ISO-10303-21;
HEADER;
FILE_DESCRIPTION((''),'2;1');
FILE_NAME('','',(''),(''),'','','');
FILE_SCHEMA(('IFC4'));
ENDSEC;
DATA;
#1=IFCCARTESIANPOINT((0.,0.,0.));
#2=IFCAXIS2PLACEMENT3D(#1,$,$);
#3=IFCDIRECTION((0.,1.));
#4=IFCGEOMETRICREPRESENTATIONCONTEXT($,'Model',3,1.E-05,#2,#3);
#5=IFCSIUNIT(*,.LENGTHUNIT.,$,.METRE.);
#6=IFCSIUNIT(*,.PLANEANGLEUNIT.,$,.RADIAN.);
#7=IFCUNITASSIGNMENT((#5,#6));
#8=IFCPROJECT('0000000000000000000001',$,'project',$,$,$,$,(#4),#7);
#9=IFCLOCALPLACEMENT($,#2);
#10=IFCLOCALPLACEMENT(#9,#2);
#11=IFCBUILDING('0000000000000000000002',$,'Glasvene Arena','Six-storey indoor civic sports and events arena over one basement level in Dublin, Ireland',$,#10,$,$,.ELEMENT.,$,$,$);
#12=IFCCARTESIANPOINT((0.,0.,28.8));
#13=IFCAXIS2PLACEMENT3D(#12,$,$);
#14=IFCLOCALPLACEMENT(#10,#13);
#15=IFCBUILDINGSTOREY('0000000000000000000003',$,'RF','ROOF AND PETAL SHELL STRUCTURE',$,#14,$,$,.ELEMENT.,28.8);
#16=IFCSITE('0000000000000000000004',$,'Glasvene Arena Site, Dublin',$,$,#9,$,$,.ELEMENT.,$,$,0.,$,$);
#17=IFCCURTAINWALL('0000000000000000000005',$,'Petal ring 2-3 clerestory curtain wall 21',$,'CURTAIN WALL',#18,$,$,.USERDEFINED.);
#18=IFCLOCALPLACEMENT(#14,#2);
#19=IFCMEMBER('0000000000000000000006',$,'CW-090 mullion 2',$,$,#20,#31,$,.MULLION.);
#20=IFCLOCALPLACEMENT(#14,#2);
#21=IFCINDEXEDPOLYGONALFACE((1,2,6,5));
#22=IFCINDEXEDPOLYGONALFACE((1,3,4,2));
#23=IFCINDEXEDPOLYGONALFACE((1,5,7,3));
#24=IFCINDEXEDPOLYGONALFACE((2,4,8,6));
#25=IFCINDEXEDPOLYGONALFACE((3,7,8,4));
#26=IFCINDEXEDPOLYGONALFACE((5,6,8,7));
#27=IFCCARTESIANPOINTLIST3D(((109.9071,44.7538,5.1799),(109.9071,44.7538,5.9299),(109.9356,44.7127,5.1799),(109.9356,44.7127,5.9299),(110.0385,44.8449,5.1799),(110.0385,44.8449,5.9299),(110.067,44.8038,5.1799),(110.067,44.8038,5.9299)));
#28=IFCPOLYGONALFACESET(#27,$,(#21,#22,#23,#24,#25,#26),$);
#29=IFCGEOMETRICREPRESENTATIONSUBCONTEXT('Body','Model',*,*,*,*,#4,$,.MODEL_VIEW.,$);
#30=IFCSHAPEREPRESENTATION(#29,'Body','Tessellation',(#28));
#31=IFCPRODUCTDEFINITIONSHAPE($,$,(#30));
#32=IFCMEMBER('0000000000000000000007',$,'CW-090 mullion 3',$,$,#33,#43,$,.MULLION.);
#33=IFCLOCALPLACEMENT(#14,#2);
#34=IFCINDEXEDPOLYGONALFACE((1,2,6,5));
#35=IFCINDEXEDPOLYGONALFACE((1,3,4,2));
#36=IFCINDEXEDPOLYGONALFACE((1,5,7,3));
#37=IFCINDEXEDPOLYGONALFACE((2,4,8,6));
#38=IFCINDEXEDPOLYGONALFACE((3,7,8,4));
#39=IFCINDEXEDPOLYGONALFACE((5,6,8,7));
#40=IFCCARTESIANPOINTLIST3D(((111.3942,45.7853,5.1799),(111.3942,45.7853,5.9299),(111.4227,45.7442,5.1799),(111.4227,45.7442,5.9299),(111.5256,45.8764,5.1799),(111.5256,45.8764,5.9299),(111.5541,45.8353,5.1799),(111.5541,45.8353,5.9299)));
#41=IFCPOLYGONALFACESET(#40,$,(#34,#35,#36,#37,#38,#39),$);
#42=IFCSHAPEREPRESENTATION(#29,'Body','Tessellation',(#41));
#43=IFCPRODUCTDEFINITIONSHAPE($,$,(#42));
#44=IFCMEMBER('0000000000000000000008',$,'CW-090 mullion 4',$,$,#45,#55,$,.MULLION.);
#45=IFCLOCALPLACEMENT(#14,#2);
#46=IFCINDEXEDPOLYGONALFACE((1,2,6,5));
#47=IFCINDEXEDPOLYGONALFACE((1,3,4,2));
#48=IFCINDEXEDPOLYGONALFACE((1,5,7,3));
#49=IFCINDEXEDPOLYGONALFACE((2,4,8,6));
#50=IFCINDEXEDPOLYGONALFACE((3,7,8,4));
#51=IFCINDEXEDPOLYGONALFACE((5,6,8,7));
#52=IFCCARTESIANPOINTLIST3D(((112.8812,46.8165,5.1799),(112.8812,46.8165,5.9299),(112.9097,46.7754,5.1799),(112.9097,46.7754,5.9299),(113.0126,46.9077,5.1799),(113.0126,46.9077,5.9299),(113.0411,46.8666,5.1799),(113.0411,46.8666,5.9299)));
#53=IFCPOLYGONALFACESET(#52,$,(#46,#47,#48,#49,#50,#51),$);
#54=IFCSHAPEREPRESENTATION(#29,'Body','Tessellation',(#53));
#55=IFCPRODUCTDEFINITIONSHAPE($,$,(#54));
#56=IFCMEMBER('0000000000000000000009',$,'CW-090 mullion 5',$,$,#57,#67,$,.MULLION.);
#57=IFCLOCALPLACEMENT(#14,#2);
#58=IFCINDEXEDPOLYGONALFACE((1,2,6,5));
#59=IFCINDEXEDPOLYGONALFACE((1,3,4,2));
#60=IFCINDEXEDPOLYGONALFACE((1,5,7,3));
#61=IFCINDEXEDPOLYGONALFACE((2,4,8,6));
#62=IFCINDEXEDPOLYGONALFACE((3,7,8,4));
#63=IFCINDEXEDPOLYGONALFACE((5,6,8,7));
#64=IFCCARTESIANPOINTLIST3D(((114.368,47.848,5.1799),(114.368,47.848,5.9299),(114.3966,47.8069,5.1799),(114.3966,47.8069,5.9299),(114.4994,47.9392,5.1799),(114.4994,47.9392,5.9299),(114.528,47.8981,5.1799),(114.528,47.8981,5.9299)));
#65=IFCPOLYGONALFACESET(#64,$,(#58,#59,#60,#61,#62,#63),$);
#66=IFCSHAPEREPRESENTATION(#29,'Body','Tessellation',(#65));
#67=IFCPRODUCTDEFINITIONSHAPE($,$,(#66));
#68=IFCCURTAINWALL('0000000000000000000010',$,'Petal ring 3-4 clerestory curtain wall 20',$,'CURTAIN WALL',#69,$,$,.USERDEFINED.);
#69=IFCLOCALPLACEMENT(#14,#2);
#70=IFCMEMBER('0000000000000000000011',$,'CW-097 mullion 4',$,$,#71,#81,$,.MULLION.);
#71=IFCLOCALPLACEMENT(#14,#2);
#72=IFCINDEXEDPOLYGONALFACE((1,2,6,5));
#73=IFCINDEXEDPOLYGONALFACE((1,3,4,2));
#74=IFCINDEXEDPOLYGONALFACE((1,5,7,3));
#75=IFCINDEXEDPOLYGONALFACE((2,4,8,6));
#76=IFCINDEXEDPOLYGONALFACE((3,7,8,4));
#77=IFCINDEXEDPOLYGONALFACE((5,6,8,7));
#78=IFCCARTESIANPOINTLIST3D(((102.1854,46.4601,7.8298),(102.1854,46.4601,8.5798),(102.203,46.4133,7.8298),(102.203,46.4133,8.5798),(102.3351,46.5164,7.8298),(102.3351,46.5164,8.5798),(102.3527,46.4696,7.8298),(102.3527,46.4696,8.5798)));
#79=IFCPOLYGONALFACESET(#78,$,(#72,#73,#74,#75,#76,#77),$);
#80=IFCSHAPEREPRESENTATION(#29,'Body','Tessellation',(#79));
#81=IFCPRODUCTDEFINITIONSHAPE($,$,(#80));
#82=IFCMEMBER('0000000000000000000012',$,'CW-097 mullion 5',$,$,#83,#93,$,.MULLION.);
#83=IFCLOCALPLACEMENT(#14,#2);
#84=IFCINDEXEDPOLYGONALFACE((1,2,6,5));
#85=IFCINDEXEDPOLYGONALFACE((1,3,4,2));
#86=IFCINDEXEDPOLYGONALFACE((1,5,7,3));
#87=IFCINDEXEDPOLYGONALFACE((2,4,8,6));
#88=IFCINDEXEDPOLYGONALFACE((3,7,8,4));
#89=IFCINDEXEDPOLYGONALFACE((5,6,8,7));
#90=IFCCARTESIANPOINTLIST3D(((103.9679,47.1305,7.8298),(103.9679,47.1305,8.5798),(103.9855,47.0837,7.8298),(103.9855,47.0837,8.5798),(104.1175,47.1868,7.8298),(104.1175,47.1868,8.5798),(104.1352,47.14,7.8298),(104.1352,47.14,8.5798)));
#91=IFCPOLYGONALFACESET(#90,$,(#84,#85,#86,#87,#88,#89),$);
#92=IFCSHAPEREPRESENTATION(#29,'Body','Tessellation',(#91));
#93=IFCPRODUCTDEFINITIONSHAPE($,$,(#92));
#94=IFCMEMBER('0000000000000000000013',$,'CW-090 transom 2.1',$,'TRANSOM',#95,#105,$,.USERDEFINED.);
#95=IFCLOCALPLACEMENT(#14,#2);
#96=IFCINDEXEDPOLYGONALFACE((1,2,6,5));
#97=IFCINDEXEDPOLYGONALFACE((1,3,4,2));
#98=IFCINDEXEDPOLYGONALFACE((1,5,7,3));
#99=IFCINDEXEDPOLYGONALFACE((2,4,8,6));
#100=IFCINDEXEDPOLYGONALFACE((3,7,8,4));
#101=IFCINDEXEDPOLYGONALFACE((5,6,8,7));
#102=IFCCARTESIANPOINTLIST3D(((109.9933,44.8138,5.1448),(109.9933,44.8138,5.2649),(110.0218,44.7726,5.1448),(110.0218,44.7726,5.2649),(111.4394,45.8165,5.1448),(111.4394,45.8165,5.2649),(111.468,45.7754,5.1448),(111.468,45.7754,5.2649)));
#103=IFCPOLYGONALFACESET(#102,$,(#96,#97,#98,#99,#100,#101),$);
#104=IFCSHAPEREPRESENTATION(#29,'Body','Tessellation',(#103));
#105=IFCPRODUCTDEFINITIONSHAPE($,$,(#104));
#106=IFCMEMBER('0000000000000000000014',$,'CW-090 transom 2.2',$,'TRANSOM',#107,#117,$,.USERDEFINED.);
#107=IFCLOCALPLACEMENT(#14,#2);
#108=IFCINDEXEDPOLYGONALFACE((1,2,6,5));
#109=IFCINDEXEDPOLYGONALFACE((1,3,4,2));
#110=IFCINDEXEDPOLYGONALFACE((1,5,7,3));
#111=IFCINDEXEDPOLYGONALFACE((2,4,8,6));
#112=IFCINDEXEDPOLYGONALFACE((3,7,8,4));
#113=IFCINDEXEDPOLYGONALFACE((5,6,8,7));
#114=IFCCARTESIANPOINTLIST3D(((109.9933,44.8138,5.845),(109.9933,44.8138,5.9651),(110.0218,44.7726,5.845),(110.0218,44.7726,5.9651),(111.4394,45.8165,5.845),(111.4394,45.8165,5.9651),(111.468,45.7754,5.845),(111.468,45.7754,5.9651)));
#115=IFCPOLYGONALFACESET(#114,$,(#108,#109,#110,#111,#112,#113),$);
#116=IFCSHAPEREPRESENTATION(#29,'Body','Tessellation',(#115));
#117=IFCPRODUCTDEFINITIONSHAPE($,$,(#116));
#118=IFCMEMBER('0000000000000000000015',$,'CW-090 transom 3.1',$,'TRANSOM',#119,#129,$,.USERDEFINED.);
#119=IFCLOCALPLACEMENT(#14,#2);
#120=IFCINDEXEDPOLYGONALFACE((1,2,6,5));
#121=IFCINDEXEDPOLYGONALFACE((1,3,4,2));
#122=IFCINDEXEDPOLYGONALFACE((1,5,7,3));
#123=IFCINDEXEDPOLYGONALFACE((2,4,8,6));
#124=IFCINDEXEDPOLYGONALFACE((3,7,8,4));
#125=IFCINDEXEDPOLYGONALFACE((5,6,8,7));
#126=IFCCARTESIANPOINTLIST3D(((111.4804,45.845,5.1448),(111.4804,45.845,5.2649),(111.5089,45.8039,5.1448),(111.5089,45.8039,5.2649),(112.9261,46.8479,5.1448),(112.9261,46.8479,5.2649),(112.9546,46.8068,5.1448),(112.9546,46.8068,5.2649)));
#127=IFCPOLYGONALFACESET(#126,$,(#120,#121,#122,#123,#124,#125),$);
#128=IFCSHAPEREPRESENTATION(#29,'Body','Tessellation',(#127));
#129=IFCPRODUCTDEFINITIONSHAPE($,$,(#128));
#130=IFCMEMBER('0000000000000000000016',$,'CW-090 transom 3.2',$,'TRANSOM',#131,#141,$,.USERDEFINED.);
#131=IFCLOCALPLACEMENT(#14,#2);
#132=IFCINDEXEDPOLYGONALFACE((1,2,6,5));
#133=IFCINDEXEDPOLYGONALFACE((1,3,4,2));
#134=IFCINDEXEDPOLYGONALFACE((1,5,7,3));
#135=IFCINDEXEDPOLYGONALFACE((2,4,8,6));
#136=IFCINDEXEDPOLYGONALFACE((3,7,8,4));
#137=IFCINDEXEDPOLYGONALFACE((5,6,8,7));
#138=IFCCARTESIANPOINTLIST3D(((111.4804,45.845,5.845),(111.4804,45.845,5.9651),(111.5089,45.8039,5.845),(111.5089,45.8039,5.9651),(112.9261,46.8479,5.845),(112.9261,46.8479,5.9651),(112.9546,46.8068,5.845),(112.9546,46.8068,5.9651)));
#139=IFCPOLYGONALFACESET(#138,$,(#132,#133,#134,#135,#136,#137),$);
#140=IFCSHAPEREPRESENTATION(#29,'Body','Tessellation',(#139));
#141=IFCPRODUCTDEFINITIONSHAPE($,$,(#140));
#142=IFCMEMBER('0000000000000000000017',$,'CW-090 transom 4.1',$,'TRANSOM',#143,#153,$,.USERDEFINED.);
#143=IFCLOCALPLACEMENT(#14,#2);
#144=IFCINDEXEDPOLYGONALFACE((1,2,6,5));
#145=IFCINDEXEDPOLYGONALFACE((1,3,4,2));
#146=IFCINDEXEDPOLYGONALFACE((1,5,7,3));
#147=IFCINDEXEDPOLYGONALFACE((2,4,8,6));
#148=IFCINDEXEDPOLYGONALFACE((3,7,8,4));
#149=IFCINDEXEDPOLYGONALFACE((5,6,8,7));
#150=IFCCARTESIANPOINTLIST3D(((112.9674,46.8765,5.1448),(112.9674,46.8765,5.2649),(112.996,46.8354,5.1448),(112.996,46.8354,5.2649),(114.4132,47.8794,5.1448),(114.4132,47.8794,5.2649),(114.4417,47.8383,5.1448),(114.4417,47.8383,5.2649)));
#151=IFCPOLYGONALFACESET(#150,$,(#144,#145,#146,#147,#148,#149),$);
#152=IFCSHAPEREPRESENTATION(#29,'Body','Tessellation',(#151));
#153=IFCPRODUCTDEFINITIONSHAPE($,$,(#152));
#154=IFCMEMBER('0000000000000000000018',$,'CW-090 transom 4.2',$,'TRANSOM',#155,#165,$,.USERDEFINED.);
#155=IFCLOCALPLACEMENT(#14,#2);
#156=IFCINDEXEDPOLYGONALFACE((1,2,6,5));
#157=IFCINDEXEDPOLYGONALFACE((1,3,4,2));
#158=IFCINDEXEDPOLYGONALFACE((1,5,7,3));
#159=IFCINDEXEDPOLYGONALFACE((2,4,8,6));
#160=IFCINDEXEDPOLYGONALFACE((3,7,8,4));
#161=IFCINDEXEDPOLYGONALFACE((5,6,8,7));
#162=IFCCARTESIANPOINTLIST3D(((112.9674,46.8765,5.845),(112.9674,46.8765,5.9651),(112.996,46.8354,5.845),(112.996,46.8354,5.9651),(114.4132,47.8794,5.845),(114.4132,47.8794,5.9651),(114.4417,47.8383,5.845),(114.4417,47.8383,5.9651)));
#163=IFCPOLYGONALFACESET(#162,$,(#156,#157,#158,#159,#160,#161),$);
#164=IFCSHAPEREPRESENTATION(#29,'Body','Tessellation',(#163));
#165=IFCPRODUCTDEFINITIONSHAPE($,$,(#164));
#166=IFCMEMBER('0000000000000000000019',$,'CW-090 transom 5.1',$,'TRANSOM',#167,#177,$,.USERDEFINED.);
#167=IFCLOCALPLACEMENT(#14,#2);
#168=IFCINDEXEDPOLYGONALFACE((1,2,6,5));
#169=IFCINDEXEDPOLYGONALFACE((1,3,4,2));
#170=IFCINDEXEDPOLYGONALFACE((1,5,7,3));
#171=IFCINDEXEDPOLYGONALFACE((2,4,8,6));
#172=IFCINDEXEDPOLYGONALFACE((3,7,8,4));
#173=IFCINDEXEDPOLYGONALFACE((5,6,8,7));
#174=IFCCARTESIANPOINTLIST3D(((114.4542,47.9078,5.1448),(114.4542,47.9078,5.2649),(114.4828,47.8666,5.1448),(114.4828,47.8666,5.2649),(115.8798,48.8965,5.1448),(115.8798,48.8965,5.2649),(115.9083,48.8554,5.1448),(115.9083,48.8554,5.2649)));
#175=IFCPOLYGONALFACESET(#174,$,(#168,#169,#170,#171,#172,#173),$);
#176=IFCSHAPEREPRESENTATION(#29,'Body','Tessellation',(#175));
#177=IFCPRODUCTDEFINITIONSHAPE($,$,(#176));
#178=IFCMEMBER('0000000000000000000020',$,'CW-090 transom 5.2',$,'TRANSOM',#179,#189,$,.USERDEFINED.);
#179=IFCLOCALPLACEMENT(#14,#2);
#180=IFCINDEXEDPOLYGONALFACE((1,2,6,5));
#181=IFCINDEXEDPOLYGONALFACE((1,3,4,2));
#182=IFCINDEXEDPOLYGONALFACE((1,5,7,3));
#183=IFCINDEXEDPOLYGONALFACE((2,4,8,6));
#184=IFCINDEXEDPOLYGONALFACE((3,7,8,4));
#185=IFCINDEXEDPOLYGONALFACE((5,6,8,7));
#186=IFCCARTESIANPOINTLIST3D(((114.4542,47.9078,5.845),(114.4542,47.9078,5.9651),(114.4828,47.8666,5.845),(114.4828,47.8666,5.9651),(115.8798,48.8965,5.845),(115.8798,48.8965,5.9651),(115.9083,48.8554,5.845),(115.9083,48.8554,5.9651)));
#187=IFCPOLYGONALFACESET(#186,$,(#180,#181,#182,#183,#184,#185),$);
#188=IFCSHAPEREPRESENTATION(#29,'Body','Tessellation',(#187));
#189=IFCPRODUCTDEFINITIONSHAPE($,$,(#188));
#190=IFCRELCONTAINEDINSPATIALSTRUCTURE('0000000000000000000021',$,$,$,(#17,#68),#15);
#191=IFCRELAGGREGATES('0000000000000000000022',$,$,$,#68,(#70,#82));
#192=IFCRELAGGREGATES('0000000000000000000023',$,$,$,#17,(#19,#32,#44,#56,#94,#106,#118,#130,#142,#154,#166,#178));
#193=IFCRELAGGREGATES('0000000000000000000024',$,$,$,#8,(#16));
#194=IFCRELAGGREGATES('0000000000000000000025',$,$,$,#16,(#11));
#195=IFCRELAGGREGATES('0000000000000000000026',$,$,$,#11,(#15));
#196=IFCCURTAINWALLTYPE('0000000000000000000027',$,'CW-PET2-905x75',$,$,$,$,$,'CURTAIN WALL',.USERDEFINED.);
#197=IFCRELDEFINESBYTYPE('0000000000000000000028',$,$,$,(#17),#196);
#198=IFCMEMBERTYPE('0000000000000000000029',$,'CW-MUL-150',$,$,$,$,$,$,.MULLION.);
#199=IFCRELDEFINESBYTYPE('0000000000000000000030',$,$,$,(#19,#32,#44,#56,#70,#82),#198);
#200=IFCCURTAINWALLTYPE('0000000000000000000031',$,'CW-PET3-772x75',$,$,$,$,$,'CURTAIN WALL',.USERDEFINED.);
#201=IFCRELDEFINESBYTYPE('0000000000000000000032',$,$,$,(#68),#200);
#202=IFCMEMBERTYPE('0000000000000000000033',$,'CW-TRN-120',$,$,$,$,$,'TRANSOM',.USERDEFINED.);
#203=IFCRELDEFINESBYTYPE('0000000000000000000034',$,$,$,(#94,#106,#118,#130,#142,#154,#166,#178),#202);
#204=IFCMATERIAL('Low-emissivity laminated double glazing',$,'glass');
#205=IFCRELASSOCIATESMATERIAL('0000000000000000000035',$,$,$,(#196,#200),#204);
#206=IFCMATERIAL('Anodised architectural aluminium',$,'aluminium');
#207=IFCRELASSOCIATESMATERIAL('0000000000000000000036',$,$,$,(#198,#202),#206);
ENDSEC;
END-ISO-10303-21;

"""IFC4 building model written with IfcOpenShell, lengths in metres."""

from ifc_helpers import new_model, si_unit, direction, frame, origin, origin_2d, place, context, subcontext, project, spatial, rectangle, extrude, material, material_profile, profile_set, type_object, element, aggregate, save


model = new_model("IFC4")

# Units and contexts
model_context = context("Model", 3, precision=1e-05, world=origin(), true_north=direction((0.0, 1.0)))
body_context = subcontext(model_context, "Body", "Model", "MODEL_VIEW")
ifc_project = project(units=[si_unit("LENGTHUNIT", "METRE"), si_unit("PLANEANGLEUNIT", "RADIAN")], contexts=[model_context])

# Site, building, storey
site_placement = place(None, origin())
site = spatial("IfcSite", under=ifc_project, at=site_placement, Name="Glasvene Arena Site, Dublin", CompositionType="ELEMENT", RefElevation=0.0)
building_placement = place(site_placement, origin())
building = spatial("IfcBuilding", under=site, at=building_placement, Name="Glasvene Arena", Description="Six-storey indoor civic sports and events arena over one basement level in Dublin, Ireland", CompositionType="ELEMENT")
storey_placement = place(building_placement, frame((0.0, 0.0, 28.8)))
storey = spatial("IfcBuildingStorey", under=building, at=storey_placement, Name="RF", Description="ROOF AND PETAL SHELL STRUCTURE", CompositionType="ELEMENT", Elevation=28.8)

# Curtain walls, members
ifc_material_1 = material(Name="Low-emissivity laminated double glazing", Category="glass")
curtain_wall_type_1 = type_object("IfcCurtainWallType", Name="CW-PET2-905x75", ElementType="CURTAIN WALL", PredefinedType="USERDEFINED", material=ifc_material_1)
curtain_wall_1_placement = place(storey_placement, frame((108.5, 43.7476, 0.0)))
curtain_wall_1 = element("IfcCurtainWall", 1, at=curtain_wall_1_placement, inside=storey, type_object=curtain_wall_type_1, Name="Petal ring 2-3 clerestory curtain wall 21", ObjectType="CURTAIN WALL", PredefinedType="USERDEFINED")
ifc_material_2 = material(Name="Anodised architectural aluminium", Category="aluminium")
ifc_material_profile_1 = material_profile(ifc_material_2, rectangle(XDim=0.05, YDim=0.1599, at=origin_2d()), Name="ALU MULLION 50x160")
ifc_profile_set_1 = profile_set([ifc_material_profile_1], Name="Anodised architectural aluminium")
member_type_1 = type_object("IfcMemberType", Name="CW-MUL-150", PredefinedType="MULLION", material=ifc_profile_set_1)
member_1_placement = place(storey_placement, frame((109.9871, 44.7788, 5.1799), z_axis=(0.0, 0.0, 1.0), x_axis=(-0.569921, 0.821699, 0.0)))
member_1 = element("IfcMember", 2, at=member_1_placement, type_object=member_type_1, Name="CW-090 mullion 2", PredefinedType="MULLION", context=body_context, shape_type="SweptSolid", body=[
    extrude(rectangle(XDim=0.05, YDim=0.1599, at=origin_2d()), origin(), (0.0, 0.0, 1.0), 0.75),
])
member_2_placement = place(storey_placement, frame((111.4741, 45.8103, 5.1799), z_axis=(0.0, 0.0, 1.0), x_axis=(-0.569921, 0.821699, 0.0)))
member_2 = element("IfcMember", 3, at=member_2_placement, type_object=member_type_1, Name="CW-090 mullion 3", PredefinedType="MULLION", context=body_context, shape_type="SweptSolid", body=[
    extrude(rectangle(XDim=0.05, YDim=0.1599, at=origin_2d()), origin(), (0.0, 0.0, 1.0), 0.75),
])
member_3_placement = place(storey_placement, frame((112.9612, 46.8416, 5.1799), z_axis=(0.0, 0.0, 1.0), x_axis=(-0.569921, 0.821699, 0.0)))
member_3 = element("IfcMember", 4, at=member_3_placement, type_object=member_type_1, Name="CW-090 mullion 4", PredefinedType="MULLION", context=body_context, shape_type="SweptSolid", body=[
    extrude(rectangle(XDim=0.05, YDim=0.1599, at=origin_2d()), origin(), (0.0, 0.0, 1.0), 0.75),
])
member_4_placement = place(storey_placement, frame((114.448, 47.873, 5.1799), z_axis=(0.0, 0.0, 1.0), x_axis=(-0.569921, 0.821699, 0.0)))
member_4 = element("IfcMember", 5, at=member_4_placement, type_object=member_type_1, Name="CW-090 mullion 5", PredefinedType="MULLION", context=body_context, shape_type="SweptSolid", body=[
    extrude(rectangle(XDim=0.05, YDim=0.1599, at=origin_2d()), origin(), (0.0, 0.0, 1.0), 0.75),
])
curtain_wall_type_2 = type_object("IfcCurtainWallType", Name="CW-PET3-772x75", ElementType="CURTAIN WALL", PredefinedType="USERDEFINED", material=ifc_material_1)
curtain_wall_2_placement = place(storey_placement, frame((96.8516, 44.4268, 0.0)))
curtain_wall_2 = element("IfcCurtainWall", 6, at=curtain_wall_2_placement, inside=storey, type_object=curtain_wall_type_2, Name="Petal ring 3-4 clerestory curtain wall 20", ObjectType="CURTAIN WALL", PredefinedType="USERDEFINED")
member_5_placement = place(storey_placement, frame((102.269, 46.4648, 7.8298), z_axis=(0.0, 0.0, 1.0), x_axis=(-0.352092, 0.935966, 0.0)))
member_5 = element("IfcMember", 7, at=member_5_placement, type_object=member_type_1, Name="CW-097 mullion 4", PredefinedType="MULLION", context=body_context, shape_type="SweptSolid", body=[
    extrude(rectangle(XDim=0.05, YDim=0.1599, at=origin_2d()), origin(), (0.0, 0.0, 1.0), 0.75),
])
member_6_placement = place(storey_placement, frame((104.0515, 47.1353, 7.8298), z_axis=(0.0, 0.0, 1.0), x_axis=(-0.352092, 0.935966, 0.0)))
member_6 = element("IfcMember", 8, at=member_6_placement, type_object=member_type_1, Name="CW-097 mullion 5", PredefinedType="MULLION", context=body_context, shape_type="SweptSolid", body=[
    extrude(rectangle(XDim=0.05, YDim=0.1599, at=origin_2d()), origin(), (0.0, 0.0, 1.0), 0.75),
])
aggregate(curtain_wall_2, [member_5, member_6])

# Members
ifc_material_profile_2 = material_profile(ifc_material_2, rectangle(XDim=0.05, YDim=0.1201, at=origin_2d()), Name="ALU TRANSOM 50x120")
ifc_profile_set_2 = profile_set([ifc_material_profile_2], Name="Anodised architectural aluminium")
member_type_2 = type_object("IfcMemberType", Name="CW-TRN-120", ElementType="TRANSOM", PredefinedType="USERDEFINED", material=ifc_profile_set_2)
member_7_placement = place(storey_placement, frame((110.0076, 44.7932, 5.2048), z_axis=(0.821772, 0.569816, 0.0), x_axis=(-0.569816, 0.821772, 0.0)))
member_7 = element("IfcMember", 9, at=member_7_placement, type_object=member_type_2, Name="CW-090 transom 2.1", ObjectType="TRANSOM", PredefinedType="USERDEFINED", context=body_context, shape_type="SweptSolid", body=[
    extrude(rectangle(XDim=0.05, YDim=0.1201, at=origin_2d()), origin(), (0.0, 0.0, 1.0), 1.7598),
])
member_8_placement = place(storey_placement, frame((110.0076, 44.7932, 5.905), z_axis=(0.821772, 0.569816, 0.0), x_axis=(-0.569816, 0.821772, 0.0)))
member_8 = element("IfcMember", 10, at=member_8_placement, type_object=member_type_2, Name="CW-090 transom 2.2", ObjectType="TRANSOM", PredefinedType="USERDEFINED", context=body_context, shape_type="SweptSolid", body=[
    extrude(rectangle(XDim=0.05, YDim=0.1201, at=origin_2d()), origin(), (0.0, 0.0, 1.0), 1.7598),
])
member_9_placement = place(storey_placement, frame((111.4946, 45.8245, 5.2048), z_axis=(0.821662, 0.569975, 0.0), x_axis=(-0.569975, 0.821662, 0.0)))
member_9 = element("IfcMember", 11, at=member_9_placement, type_object=member_type_2, Name="CW-090 transom 3.1", ObjectType="TRANSOM", PredefinedType="USERDEFINED", context=body_context, shape_type="SweptSolid", body=[
    extrude(rectangle(XDim=0.05, YDim=0.1201, at=origin_2d()), origin(), (0.0, 0.0, 1.0), 1.7595),
])
member_10_placement = place(storey_placement, frame((111.4946, 45.8245, 5.905), z_axis=(0.821662, 0.569975, 0.0), x_axis=(-0.569975, 0.821662, 0.0)))
member_10 = element("IfcMember", 12, at=member_10_placement, type_object=member_type_2, Name="CW-090 transom 3.2", ObjectType="TRANSOM", PredefinedType="USERDEFINED", context=body_context, shape_type="SweptSolid", body=[
    extrude(rectangle(XDim=0.05, YDim=0.1201, at=origin_2d()), origin(), (0.0, 0.0, 1.0), 1.7595),
])
member_11_placement = place(storey_placement, frame((112.9817, 46.856, 5.2048), z_axis=(0.821662, 0.569975, 0.0), x_axis=(-0.569975, 0.821662, 0.0)))
member_11 = element("IfcMember", 13, at=member_11_placement, type_object=member_type_2, Name="CW-090 transom 4.1", ObjectType="TRANSOM", PredefinedType="USERDEFINED", context=body_context, shape_type="SweptSolid", body=[
    extrude(rectangle(XDim=0.05, YDim=0.1201, at=origin_2d()), origin(), (0.0, 0.0, 1.0), 1.7595),
])
member_12_placement = place(storey_placement, frame((112.9817, 46.856, 5.905), z_axis=(0.821662, 0.569975, 0.0), x_axis=(-0.569975, 0.821662, 0.0)))
member_12 = element("IfcMember", 14, at=member_12_placement, type_object=member_type_2, Name="CW-090 transom 4.2", ObjectType="TRANSOM", PredefinedType="USERDEFINED", context=body_context, shape_type="SweptSolid", body=[
    extrude(rectangle(XDim=0.05, YDim=0.1201, at=origin_2d()), origin(), (0.0, 0.0, 1.0), 1.7595),
])
member_13_placement = place(storey_placement, frame((114.4685, 47.8872, 5.2048), z_axis=(0.82169, 0.569934, 0.0), x_axis=(-0.569934, 0.82169, 0.0)))
member_13 = element("IfcMember", 15, at=member_13_placement, type_object=member_type_2, Name="CW-090 transom 5.1", ObjectType="TRANSOM", PredefinedType="USERDEFINED", context=body_context, shape_type="SweptSolid", body=[
    extrude(rectangle(XDim=0.05, YDim=0.1201, at=origin_2d()), origin(), (0.0, 0.0, 1.0), 1.7349),
])
member_14_placement = place(storey_placement, frame((114.4685, 47.8872, 5.905), z_axis=(0.82169, 0.569934, 0.0), x_axis=(-0.569934, 0.82169, 0.0)))
member_14 = element("IfcMember", 16, at=member_14_placement, type_object=member_type_2, Name="CW-090 transom 5.2", ObjectType="TRANSOM", PredefinedType="USERDEFINED", context=body_context, shape_type="SweptSolid", body=[
    extrude(rectangle(XDim=0.05, YDim=0.1201, at=origin_2d()), origin(), (0.0, 0.0, 1.0), 1.7349),
])

aggregate(curtain_wall_1, [member_1, member_2, member_3, member_4, member_7, member_8, member_9, member_10, member_11, member_12, member_13, member_14])

save(model, "model.ifc")
